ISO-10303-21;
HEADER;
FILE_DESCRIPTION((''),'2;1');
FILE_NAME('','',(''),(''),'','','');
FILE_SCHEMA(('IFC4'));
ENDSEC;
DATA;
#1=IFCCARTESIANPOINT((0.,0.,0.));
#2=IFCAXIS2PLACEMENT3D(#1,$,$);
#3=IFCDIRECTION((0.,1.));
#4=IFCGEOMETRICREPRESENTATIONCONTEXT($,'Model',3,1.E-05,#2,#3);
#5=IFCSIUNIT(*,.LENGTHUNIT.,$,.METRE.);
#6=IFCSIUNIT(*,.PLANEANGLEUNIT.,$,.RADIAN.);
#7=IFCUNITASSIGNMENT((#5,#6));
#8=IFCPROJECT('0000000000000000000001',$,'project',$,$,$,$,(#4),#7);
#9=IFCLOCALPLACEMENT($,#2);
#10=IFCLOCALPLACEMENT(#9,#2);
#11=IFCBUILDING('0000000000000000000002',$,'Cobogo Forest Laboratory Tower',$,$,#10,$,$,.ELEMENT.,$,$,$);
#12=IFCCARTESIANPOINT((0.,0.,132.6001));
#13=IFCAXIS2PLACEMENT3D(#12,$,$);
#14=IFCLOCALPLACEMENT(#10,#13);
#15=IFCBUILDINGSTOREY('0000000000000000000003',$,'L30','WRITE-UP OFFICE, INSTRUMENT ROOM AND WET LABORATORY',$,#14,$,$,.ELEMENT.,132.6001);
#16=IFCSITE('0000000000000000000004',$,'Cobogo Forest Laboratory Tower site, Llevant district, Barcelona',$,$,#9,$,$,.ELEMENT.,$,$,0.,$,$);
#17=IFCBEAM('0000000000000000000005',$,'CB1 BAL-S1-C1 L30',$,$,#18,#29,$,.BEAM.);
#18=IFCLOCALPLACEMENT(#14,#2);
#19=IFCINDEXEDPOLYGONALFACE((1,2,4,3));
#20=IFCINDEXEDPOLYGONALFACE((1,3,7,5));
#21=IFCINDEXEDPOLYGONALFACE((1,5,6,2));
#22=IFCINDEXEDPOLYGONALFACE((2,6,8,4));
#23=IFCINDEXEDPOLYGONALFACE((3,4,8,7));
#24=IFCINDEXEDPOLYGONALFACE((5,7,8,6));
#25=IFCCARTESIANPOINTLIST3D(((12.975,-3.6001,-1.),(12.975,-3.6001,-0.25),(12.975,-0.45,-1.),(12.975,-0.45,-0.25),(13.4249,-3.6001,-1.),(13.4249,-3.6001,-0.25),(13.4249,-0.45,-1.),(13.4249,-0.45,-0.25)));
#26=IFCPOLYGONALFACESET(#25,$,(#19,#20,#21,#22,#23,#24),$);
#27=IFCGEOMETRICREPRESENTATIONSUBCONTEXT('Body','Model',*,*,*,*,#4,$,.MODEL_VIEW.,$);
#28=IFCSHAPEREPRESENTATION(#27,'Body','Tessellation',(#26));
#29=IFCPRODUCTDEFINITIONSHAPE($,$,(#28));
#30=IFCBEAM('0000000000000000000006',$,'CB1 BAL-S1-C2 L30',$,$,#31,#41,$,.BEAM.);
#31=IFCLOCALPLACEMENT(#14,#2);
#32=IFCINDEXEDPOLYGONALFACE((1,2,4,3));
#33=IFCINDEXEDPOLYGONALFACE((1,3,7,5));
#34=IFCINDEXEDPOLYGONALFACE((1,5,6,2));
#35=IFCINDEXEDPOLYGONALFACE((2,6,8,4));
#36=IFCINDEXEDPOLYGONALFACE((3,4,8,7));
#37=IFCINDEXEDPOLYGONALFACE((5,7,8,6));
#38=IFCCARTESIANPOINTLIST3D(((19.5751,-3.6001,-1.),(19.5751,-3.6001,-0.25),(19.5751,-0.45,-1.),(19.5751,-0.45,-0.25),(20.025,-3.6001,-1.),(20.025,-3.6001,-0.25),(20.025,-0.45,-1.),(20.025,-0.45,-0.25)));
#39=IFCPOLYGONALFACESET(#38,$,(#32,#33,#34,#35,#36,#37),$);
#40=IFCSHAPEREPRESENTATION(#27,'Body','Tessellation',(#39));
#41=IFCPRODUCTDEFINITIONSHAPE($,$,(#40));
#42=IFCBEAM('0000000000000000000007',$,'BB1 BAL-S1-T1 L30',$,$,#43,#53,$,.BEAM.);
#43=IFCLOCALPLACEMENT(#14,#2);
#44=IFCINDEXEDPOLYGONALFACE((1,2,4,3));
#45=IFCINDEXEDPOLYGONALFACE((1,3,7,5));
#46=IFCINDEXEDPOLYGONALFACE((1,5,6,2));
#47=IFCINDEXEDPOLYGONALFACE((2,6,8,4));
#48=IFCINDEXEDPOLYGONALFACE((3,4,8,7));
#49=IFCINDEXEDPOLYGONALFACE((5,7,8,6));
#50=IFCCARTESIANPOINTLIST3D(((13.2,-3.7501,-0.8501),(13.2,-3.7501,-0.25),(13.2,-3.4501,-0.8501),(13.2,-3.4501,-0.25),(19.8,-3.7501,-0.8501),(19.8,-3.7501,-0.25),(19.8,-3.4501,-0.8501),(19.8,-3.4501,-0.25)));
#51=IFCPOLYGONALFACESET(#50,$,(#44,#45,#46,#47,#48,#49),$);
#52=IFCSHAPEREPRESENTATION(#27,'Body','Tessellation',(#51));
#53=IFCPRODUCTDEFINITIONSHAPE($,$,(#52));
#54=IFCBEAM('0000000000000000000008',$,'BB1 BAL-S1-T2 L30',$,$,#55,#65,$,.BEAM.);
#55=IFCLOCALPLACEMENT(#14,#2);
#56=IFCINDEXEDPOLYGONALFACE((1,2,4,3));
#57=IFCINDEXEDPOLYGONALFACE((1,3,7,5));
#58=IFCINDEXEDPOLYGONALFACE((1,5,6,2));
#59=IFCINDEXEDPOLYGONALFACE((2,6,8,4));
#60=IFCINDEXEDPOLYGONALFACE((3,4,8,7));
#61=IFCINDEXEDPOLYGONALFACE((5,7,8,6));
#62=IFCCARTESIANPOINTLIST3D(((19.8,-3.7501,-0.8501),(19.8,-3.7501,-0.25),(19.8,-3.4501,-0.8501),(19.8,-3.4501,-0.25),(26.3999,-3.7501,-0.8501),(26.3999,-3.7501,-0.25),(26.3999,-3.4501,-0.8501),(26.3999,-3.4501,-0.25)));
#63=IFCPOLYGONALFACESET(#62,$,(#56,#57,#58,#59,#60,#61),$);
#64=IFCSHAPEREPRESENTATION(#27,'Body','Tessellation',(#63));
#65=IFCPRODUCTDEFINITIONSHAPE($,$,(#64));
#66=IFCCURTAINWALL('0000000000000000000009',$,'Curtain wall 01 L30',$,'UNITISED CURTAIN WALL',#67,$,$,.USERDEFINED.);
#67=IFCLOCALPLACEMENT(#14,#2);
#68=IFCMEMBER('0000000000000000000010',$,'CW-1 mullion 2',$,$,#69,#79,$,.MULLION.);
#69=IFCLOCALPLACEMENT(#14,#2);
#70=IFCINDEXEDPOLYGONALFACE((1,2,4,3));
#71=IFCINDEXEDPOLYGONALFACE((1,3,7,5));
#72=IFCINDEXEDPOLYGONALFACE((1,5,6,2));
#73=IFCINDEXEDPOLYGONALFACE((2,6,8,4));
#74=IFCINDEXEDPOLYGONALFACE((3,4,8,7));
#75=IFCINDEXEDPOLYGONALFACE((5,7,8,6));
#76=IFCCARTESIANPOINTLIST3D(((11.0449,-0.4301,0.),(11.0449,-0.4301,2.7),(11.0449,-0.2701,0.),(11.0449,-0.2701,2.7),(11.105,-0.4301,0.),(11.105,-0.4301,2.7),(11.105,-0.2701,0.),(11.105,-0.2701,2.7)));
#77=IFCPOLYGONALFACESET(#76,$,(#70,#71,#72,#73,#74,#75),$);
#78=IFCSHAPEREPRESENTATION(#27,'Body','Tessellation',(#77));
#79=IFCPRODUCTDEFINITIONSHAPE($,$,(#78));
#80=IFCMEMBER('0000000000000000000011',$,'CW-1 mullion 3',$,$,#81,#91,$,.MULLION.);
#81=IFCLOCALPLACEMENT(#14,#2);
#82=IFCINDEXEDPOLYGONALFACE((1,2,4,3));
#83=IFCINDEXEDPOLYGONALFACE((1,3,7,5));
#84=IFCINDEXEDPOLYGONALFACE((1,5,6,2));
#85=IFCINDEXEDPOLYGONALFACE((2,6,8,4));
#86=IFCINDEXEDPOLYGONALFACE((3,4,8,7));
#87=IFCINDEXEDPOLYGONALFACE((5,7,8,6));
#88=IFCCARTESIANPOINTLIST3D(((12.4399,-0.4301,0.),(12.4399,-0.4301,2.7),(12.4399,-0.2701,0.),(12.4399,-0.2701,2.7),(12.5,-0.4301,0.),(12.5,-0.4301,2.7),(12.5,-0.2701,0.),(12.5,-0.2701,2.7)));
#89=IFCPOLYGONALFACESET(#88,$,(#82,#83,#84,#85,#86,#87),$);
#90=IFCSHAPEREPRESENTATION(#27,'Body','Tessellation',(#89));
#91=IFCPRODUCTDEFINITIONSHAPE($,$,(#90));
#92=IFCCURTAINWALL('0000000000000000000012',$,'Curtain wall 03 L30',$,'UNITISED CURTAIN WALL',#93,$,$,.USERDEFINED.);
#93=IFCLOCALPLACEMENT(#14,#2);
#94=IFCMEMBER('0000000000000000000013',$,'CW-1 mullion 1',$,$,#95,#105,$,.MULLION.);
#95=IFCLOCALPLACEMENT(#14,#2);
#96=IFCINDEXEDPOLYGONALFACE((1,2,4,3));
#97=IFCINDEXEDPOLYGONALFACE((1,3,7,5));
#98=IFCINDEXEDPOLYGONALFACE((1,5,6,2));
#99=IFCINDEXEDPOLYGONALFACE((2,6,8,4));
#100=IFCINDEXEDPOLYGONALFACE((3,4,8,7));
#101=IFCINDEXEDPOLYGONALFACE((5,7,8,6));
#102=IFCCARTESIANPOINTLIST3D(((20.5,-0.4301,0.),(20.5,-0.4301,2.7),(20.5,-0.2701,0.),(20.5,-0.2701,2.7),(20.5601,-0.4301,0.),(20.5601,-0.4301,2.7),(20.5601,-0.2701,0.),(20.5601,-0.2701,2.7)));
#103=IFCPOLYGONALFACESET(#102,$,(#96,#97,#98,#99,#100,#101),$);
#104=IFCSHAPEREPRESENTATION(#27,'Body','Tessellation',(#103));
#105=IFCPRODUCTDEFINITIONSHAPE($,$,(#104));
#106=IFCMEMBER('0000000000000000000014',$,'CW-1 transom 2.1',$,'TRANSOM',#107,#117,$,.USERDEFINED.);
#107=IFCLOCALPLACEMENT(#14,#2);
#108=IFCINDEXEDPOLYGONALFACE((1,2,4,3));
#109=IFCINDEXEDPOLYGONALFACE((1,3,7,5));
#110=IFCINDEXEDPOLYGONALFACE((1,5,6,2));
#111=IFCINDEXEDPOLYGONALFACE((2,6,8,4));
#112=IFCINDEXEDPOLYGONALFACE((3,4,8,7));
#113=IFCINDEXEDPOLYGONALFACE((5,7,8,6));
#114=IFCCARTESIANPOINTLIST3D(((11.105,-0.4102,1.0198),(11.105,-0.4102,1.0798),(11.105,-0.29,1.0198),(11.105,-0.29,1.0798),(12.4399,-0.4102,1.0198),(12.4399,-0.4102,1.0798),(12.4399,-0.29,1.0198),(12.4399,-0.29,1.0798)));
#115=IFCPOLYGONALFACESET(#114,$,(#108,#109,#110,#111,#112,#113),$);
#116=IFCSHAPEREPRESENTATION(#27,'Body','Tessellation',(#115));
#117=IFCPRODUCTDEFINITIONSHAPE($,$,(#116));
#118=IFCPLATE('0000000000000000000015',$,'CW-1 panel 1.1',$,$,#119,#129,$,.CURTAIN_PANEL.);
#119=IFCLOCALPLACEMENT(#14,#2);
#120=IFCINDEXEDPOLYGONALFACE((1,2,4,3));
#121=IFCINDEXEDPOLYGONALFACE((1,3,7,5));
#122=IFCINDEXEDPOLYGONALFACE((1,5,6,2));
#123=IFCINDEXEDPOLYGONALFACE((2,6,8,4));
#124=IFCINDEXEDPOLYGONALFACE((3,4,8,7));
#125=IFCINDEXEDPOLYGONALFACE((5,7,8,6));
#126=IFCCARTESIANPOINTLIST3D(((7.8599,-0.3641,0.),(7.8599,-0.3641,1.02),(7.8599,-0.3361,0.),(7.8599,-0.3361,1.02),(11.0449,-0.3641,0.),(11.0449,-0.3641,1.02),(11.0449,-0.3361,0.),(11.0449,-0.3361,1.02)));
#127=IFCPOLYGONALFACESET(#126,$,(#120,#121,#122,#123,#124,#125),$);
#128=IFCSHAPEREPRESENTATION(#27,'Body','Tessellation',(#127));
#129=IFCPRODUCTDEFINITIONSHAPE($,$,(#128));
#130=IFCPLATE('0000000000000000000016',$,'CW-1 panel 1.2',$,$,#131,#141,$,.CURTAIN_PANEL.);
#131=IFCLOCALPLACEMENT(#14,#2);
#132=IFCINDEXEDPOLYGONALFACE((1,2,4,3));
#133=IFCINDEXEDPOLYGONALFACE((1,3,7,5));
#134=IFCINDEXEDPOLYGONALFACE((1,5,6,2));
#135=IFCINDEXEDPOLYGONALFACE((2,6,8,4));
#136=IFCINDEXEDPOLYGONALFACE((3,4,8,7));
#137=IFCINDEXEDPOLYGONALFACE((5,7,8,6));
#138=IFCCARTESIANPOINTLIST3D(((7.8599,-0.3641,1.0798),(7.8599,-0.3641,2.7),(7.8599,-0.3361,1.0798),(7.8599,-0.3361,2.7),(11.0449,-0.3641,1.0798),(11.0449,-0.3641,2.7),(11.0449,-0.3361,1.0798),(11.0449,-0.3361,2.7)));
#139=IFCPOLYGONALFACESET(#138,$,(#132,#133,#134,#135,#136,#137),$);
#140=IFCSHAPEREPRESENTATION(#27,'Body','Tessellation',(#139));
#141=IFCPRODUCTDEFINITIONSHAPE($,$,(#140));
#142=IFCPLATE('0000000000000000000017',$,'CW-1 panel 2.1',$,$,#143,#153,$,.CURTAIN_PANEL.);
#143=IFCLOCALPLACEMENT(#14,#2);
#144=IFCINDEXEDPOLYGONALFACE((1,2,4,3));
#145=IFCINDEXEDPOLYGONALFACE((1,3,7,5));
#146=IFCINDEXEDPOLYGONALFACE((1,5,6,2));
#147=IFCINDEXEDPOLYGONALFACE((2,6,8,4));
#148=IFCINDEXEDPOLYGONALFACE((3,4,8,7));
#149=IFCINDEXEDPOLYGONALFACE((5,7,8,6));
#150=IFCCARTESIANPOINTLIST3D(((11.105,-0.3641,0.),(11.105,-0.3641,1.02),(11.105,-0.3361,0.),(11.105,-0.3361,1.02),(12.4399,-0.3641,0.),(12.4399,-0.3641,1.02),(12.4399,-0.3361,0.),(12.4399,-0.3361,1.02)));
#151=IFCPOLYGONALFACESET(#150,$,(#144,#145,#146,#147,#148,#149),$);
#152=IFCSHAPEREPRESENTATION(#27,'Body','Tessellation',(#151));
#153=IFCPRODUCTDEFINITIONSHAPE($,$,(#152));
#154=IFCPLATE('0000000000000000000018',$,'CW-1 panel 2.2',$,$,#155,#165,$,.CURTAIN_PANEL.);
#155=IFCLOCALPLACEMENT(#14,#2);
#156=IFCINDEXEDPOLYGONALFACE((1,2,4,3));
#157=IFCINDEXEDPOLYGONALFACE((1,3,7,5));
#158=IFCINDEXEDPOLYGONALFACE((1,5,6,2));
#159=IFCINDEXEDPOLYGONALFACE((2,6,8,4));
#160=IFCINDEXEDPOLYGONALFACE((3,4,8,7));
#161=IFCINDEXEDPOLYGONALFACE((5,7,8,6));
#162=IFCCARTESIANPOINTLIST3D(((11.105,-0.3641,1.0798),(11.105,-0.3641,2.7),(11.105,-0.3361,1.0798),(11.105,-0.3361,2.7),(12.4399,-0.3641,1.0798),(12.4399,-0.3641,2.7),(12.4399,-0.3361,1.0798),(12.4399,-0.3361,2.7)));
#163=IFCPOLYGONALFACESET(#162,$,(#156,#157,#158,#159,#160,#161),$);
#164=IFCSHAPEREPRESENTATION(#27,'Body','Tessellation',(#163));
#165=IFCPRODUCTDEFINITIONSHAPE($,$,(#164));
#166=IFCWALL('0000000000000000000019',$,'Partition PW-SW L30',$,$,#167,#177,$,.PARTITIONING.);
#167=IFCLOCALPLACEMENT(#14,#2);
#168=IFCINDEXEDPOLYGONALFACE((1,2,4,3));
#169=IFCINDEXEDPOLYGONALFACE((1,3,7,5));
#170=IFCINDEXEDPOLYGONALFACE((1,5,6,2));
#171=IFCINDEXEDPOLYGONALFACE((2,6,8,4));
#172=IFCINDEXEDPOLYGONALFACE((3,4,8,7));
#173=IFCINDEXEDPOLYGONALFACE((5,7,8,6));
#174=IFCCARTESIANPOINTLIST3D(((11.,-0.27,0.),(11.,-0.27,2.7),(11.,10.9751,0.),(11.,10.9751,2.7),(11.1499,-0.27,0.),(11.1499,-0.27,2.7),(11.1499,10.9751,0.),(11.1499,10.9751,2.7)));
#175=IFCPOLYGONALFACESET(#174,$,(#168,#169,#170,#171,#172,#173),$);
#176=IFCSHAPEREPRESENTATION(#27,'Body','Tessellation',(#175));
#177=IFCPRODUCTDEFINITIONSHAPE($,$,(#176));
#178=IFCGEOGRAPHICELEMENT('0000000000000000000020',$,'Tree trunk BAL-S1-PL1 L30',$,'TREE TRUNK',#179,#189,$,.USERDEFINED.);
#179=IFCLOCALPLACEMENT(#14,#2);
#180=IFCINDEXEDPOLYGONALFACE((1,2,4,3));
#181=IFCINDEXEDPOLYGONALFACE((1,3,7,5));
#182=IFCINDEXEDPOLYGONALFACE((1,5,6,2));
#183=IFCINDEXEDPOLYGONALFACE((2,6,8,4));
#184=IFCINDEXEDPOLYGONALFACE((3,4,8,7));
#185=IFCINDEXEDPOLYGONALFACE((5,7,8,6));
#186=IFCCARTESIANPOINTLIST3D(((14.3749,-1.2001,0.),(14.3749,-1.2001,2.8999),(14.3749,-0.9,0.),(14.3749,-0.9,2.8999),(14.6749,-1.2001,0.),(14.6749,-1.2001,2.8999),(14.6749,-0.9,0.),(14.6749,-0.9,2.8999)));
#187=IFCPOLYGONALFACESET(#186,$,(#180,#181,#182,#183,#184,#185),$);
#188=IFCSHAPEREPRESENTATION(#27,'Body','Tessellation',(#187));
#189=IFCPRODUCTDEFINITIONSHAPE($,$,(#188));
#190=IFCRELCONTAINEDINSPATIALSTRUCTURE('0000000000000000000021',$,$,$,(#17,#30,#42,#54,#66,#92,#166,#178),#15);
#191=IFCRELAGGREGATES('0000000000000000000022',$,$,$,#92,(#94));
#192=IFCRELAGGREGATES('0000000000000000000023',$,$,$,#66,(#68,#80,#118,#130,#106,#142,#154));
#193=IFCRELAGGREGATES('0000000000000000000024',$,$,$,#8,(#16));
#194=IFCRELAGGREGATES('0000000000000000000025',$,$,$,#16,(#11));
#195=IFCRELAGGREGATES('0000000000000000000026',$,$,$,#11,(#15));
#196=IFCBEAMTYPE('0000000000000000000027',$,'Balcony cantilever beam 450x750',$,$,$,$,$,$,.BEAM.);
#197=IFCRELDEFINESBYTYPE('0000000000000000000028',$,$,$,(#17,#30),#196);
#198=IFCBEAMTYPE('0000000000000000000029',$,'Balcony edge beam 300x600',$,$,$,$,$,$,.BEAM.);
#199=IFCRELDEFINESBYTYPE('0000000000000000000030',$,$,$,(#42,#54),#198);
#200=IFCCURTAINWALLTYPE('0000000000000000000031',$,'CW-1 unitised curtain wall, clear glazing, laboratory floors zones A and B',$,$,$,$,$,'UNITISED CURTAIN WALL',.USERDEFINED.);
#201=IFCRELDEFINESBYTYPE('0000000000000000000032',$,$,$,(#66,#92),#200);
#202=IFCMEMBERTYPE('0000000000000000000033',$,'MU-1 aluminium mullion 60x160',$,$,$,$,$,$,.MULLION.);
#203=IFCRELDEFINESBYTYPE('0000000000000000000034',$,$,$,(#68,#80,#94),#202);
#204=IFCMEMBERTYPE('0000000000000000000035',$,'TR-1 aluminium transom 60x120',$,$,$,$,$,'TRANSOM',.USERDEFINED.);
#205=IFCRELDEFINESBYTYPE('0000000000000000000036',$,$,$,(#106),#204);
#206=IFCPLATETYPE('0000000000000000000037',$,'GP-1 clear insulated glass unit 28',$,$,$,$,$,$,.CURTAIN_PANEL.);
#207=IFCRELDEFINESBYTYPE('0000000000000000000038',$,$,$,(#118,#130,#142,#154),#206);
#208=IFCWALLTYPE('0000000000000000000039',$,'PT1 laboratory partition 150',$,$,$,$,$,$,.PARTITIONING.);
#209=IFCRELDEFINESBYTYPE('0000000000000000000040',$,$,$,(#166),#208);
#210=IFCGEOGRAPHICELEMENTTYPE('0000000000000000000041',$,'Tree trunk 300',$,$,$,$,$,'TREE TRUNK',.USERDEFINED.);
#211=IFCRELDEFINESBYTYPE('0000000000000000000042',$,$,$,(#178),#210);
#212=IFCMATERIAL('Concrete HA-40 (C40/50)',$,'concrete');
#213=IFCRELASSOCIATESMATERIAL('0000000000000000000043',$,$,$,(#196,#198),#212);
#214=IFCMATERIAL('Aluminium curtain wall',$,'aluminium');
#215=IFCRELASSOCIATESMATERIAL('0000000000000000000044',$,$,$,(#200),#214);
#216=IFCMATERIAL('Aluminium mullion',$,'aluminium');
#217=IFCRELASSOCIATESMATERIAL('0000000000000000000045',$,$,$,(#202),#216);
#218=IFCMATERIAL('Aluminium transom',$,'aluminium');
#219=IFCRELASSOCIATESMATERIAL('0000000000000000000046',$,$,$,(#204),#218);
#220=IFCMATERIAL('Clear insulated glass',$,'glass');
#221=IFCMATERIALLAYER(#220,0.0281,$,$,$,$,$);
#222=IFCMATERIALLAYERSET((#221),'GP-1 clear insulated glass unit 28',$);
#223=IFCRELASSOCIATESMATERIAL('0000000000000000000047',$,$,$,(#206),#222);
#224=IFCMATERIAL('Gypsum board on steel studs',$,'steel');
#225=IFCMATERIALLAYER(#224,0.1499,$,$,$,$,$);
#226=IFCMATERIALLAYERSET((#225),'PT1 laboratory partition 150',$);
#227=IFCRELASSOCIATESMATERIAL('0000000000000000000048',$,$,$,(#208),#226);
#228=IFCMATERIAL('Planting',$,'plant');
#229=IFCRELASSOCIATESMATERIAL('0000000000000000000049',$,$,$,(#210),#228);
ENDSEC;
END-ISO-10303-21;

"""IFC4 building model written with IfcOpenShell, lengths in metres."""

from ifc_helpers import new_model, si_unit, direction, frame, frame_2d, origin, origin_2d, place, context, subcontext, project, spatial, rectangle, extrude, material, layer, layer_set, material_profile, profile_set, type_object, element, aggregate, save


model = new_model("IFC4")

# Units and contexts
model_context = context("Model", 3, precision=1e-05, world=origin(), true_north=direction((0.0, 1.0)))
body_context = subcontext(model_context, "Body", "Model", "MODEL_VIEW")
ifc_project = project(units=[si_unit("LENGTHUNIT", "METRE"), si_unit("PLANEANGLEUNIT", "RADIAN")], contexts=[model_context])

# Site, building, storey
site_placement = place(None, origin())
site = spatial("IfcSite", under=ifc_project, at=site_placement, Name="Cobogo Forest Laboratory Tower site, Llevant district, Barcelona", CompositionType="ELEMENT", RefElevation=0.0)
building_placement = place(site_placement, origin())
building = spatial("IfcBuilding", under=site, at=building_placement, Name="Cobogo Forest Laboratory Tower", CompositionType="ELEMENT")
storey_placement = place(building_placement, frame((0.0, 0.0, 132.6001)))
storey = spatial("IfcBuildingStorey", under=building, at=storey_placement, Name="L30", Description="WRITE-UP OFFICE, INSTRUMENT ROOM AND WET LABORATORY", CompositionType="ELEMENT", Elevation=132.6001)

# Beams
ifc_material_1 = material(Name="Concrete HA-40 (C40/50)", Category="concrete")
ifc_material_profile_1 = material_profile(ifc_material_1, rectangle(XDim=0.45, YDim=0.75, at=origin_2d()), Name="RC 450x750")
ifc_profile_set_1 = profile_set([ifc_material_profile_1], Name="Concrete HA-40 (C40/50)")
beam_type_1 = type_object("IfcBeamType", Name="Balcony cantilever beam 450x750", PredefinedType="BEAM", material=ifc_profile_set_1)
for number, where, z_axis, x_axis, name in (
    (1, (13.2, -0.45, -0.625), (0.0, -1.0, 0.0), (1.0, 0.0, 0.0), "CB1 BAL-S1-C1 L30"),
    (2, (19.8, -0.45, -0.625), (0.0, -1.0, 0.0), (1.0, 0.0, 0.0), "CB1 BAL-S1-C2 L30"),
):
    element("IfcBeam", number, at=place(storey_placement, frame(where, z_axis=z_axis, x_axis=x_axis)), inside=storey, type_object=beam_type_1, Name=name, PredefinedType="BEAM", context=body_context, shape_type="SweptSolid", body=[
        extrude(rectangle(XDim=0.45, YDim=0.75, at=origin_2d()), origin(), (0.0, 0.0, 1.0), 3.1501),
    ])
ifc_material_profile_2 = material_profile(ifc_material_1, rectangle(XDim=0.3, YDim=0.6001, at=origin_2d()), Name="RC 300x600")
ifc_profile_set_2 = profile_set([ifc_material_profile_2], Name="Concrete HA-40 (C40/50)")
beam_type_2 = type_object("IfcBeamType", Name="Balcony edge beam 300x600", PredefinedType="BEAM", material=ifc_profile_set_2)
beam_1_placement = place(storey_placement, frame((13.2, -3.6001, -0.55), z_axis=(1.0, 0.0, 0.0), x_axis=(0.0, 1.0, 0.0)))
element("IfcBeam", 3, at=beam_1_placement, inside=storey, type_object=beam_type_2, Name="BB1 BAL-S1-T1 L30", PredefinedType="BEAM", context=body_context, shape_type="SweptSolid", body=[
    extrude(rectangle(XDim=0.3, YDim=0.6001, at=origin_2d()), origin(), (0.0, 0.0, 1.0), 6.6001),
])
beam_2_placement = place(storey_placement, frame((19.8, -3.6001, -0.55), z_axis=(1.0, 0.0, 0.0), x_axis=(0.0, 1.0, 0.0)))
element("IfcBeam", 4, at=beam_2_placement, inside=storey, type_object=beam_type_2, Name="BB1 BAL-S1-T2 L30", PredefinedType="BEAM", context=body_context, shape_type="SweptSolid", body=[
    extrude(rectangle(XDim=0.3, YDim=0.6001, at=origin_2d()), origin(), (0.0, 0.0, 1.0), 6.5999),
])

# Curtain wall, members
ifc_material_2 = material(Name="Aluminium curtain wall", Category="aluminium")
curtain_wall_type = type_object("IfcCurtainWallType", Name="CW-1 unitised curtain wall, clear glazing, laboratory floors zones A and B", ElementType="UNITISED CURTAIN WALL", PredefinedType="USERDEFINED", material=ifc_material_2)
curtain_wall_1_placement = place(storey_placement, origin())
curtain_wall_1 = element("IfcCurtainWall", 5, at=curtain_wall_1_placement, inside=storey, type_object=curtain_wall_type, Name="Curtain wall 01 L30", ObjectType="UNITISED CURTAIN WALL", PredefinedType="USERDEFINED")
ifc_material_3 = material(Name="Aluminium mullion", Category="aluminium")
ifc_material_profile_3 = material_profile(ifc_material_3, rectangle(XDim=0.0601, YDim=0.1599, at=origin_2d()), Name="AL 60x160")
ifc_profile_set_3 = profile_set([ifc_material_profile_3], Name="Aluminium mullion")
member_type_1 = type_object("IfcMemberType", Name="MU-1 aluminium mullion 60x160", PredefinedType="MULLION", material=ifc_profile_set_3)
member_1_placement = place(storey_placement, frame((11.075, -0.3501, 0.0), z_axis=(0.0, 0.0, 1.0), x_axis=(1.0, 0.0, 0.0)))
member_1 = element("IfcMember", 6, at=member_1_placement, type_object=member_type_1, Name="CW-1 mullion 2", PredefinedType="MULLION", context=body_context, shape_type="SweptSolid", body=[
    extrude(rectangle(XDim=0.0601, YDim=0.1599, at=origin_2d()), origin(), (0.0, 0.0, 1.0), 2.7),
])
member_2_placement = place(storey_placement, frame((12.47, -0.3501, 0.0), z_axis=(0.0, 0.0, 1.0), x_axis=(1.0, 0.0, 0.0)))
member_2 = element("IfcMember", 7, at=member_2_placement, type_object=member_type_1, Name="CW-1 mullion 3", PredefinedType="MULLION", context=body_context, shape_type="SweptSolid", body=[
    extrude(rectangle(XDim=0.0601, YDim=0.1599, at=origin_2d()), origin(), (0.0, 0.0, 1.0), 2.7),
])

# Curtain wall, member
curtain_wall_2_placement = place(storey_placement, origin())
curtain_wall_2 = element("IfcCurtainWall", 8, at=curtain_wall_2_placement, inside=storey, type_object=curtain_wall_type, Name="Curtain wall 03 L30", ObjectType="UNITISED CURTAIN WALL", PredefinedType="USERDEFINED")
member_3_placement = place(storey_placement, frame((20.53, -0.3501, 0.0), z_axis=(0.0, 0.0, 1.0), x_axis=(1.0, 0.0, 0.0)))
member_3 = element("IfcMember", 9, at=member_3_placement, type_object=member_type_1, Name="CW-1 mullion 1", PredefinedType="MULLION", context=body_context, shape_type="SweptSolid", body=[
    extrude(rectangle(XDim=0.0601, YDim=0.1599, at=origin_2d()), origin(), (0.0, 0.0, 1.0), 2.7),
])
aggregate(curtain_wall_2, [member_3])

# Member
ifc_material_4 = material(Name="Aluminium transom", Category="aluminium")
ifc_material_profile_4 = material_profile(ifc_material_4, rectangle(XDim=0.1201, YDim=0.0601, at=origin_2d()), Name="AL 60x120")
ifc_profile_set_4 = profile_set([ifc_material_profile_4], Name="Aluminium transom")
member_type_2 = type_object("IfcMemberType", Name="TR-1 aluminium transom 60x120", ElementType="TRANSOM", PredefinedType="USERDEFINED", material=ifc_profile_set_4)
member_4_placement = place(storey_placement, frame((11.105, -0.3501, 1.0498), z_axis=(1.0, 0.0, 0.0), x_axis=(0.0, 1.0, 0.0)))
member_4 = element("IfcMember", 10, at=member_4_placement, type_object=member_type_2, Name="CW-1 transom 2.1", ObjectType="TRANSOM", PredefinedType="USERDEFINED", context=body_context, shape_type="SweptSolid", body=[
    extrude(rectangle(XDim=0.1201, YDim=0.0601, at=origin_2d()), origin(), (0.0, 0.0, 1.0), 1.335),
])

# Plates
ifc_material_5 = material(Name="Clear insulated glass", Category="glass")
ifc_layer_1 = layer(ifc_material_5, 0.0281)
ifc_layer_set_1 = layer_set([ifc_layer_1], Name="GP-1 clear insulated glass unit 28")
plate_type = type_object("IfcPlateType", Name="GP-1 clear insulated glass unit 28", PredefinedType="CURTAIN_PANEL", material=ifc_layer_set_1)
plate_1_placement = place(storey_placement, frame((9.4524, -0.3501, 0.0), z_axis=(0.0, 0.0, 1.0), x_axis=(1.0, 0.0, 0.0)))
plate_1 = element("IfcPlate", 11, at=plate_1_placement, type_object=plate_type, Name="CW-1 panel 1.1", PredefinedType="CURTAIN_PANEL", context=body_context, shape_type="SweptSolid", body=[
    extrude(rectangle(XDim=3.1851, YDim=0.0281, at=origin_2d()), origin(), (0.0, 0.0, 1.0), 1.02),
])
plate_2_placement = place(storey_placement, frame((9.4524, -0.3501, 1.0798), z_axis=(0.0, 0.0, 1.0), x_axis=(1.0, 0.0, 0.0)))
plate_2 = element("IfcPlate", 12, at=plate_2_placement, type_object=plate_type, Name="CW-1 panel 1.2", PredefinedType="CURTAIN_PANEL", context=body_context, shape_type="SweptSolid", body=[
    extrude(rectangle(XDim=3.1851, YDim=0.0281, at=origin_2d()), origin(), (0.0, 0.0, 1.0), 1.6201),
])
plate_3_placement = place(storey_placement, frame((11.7725, -0.3501, 0.0), z_axis=(0.0, 0.0, 1.0), x_axis=(1.0, 0.0, 0.0)))
plate_3 = element("IfcPlate", 13, at=plate_3_placement, type_object=plate_type, Name="CW-1 panel 2.1", PredefinedType="CURTAIN_PANEL", context=body_context, shape_type="SweptSolid", body=[
    extrude(rectangle(XDim=1.335, YDim=0.0281, at=origin_2d()), origin(), (0.0, 0.0, 1.0), 1.02),
])
plate_4_placement = place(storey_placement, frame((11.7725, -0.3501, 1.0798), z_axis=(0.0, 0.0, 1.0), x_axis=(1.0, 0.0, 0.0)))
plate_4 = element("IfcPlate", 14, at=plate_4_placement, type_object=plate_type, Name="CW-1 panel 2.2", PredefinedType="CURTAIN_PANEL", context=body_context, shape_type="SweptSolid", body=[
    extrude(rectangle(XDim=1.335, YDim=0.0281, at=origin_2d()), origin(), (0.0, 0.0, 1.0), 1.6201),
])
aggregate(curtain_wall_1, [member_1, member_2, plate_1, plate_2, member_4, plate_3, plate_4])

# Wall
ifc_material_6 = material(Name="Gypsum board on steel studs", Category="steel")
ifc_layer_2 = layer(ifc_material_6, 0.1499)
ifc_layer_set_2 = layer_set([ifc_layer_2], Name="PT1 laboratory partition 150")
wall_type_1 = type_object("IfcWallType", Name="PT1 laboratory partition 150", PredefinedType="PARTITIONING", material=ifc_layer_set_2)
wall_1_placement = place(storey_placement, frame((11.075, -0.27, 0.0), z_axis=(0.0, 0.0, 1.0), x_axis=(0.0, 1.0, 0.0)))
element("IfcWall", 15, at=wall_1_placement, inside=storey, type_object=wall_type_1, Name="Partition PW-SW L30", PredefinedType="PARTITIONING", context=body_context, shape_type="SweptSolid", body=[
    extrude(rectangle(XDim=11.2451, YDim=0.1499, at=frame_2d((5.6226, 0.0))), origin(), (0.0, 0.0, 1.0), 2.7),
])

# Geographic element
ifc_material_7 = material(Name="Planting", Category="plant")
geographic_element_type = type_object("IfcGeographicElementType", Name="Tree trunk 300", ElementType="TREE TRUNK", PredefinedType="USERDEFINED", material=ifc_material_7)
geographic_element_placement = place(storey_placement, frame((14.5249, -1.05, 0.0), z_axis=(0.0, 0.0, 1.0), x_axis=(1.0, 0.0, 0.0)))
element("IfcGeographicElement", 16, at=geographic_element_placement, inside=storey, type_object=geographic_element_type, Name="Tree trunk BAL-S1-PL1 L30", ObjectType="TREE TRUNK", PredefinedType="USERDEFINED", context=body_context, shape_type="SweptSolid", body=[
    extrude(rectangle(XDim=0.3, YDim=0.3, at=origin_2d()), origin(), (0.0, 0.0, 1.0), 2.8999),
])

save(model, "model.ifc")
